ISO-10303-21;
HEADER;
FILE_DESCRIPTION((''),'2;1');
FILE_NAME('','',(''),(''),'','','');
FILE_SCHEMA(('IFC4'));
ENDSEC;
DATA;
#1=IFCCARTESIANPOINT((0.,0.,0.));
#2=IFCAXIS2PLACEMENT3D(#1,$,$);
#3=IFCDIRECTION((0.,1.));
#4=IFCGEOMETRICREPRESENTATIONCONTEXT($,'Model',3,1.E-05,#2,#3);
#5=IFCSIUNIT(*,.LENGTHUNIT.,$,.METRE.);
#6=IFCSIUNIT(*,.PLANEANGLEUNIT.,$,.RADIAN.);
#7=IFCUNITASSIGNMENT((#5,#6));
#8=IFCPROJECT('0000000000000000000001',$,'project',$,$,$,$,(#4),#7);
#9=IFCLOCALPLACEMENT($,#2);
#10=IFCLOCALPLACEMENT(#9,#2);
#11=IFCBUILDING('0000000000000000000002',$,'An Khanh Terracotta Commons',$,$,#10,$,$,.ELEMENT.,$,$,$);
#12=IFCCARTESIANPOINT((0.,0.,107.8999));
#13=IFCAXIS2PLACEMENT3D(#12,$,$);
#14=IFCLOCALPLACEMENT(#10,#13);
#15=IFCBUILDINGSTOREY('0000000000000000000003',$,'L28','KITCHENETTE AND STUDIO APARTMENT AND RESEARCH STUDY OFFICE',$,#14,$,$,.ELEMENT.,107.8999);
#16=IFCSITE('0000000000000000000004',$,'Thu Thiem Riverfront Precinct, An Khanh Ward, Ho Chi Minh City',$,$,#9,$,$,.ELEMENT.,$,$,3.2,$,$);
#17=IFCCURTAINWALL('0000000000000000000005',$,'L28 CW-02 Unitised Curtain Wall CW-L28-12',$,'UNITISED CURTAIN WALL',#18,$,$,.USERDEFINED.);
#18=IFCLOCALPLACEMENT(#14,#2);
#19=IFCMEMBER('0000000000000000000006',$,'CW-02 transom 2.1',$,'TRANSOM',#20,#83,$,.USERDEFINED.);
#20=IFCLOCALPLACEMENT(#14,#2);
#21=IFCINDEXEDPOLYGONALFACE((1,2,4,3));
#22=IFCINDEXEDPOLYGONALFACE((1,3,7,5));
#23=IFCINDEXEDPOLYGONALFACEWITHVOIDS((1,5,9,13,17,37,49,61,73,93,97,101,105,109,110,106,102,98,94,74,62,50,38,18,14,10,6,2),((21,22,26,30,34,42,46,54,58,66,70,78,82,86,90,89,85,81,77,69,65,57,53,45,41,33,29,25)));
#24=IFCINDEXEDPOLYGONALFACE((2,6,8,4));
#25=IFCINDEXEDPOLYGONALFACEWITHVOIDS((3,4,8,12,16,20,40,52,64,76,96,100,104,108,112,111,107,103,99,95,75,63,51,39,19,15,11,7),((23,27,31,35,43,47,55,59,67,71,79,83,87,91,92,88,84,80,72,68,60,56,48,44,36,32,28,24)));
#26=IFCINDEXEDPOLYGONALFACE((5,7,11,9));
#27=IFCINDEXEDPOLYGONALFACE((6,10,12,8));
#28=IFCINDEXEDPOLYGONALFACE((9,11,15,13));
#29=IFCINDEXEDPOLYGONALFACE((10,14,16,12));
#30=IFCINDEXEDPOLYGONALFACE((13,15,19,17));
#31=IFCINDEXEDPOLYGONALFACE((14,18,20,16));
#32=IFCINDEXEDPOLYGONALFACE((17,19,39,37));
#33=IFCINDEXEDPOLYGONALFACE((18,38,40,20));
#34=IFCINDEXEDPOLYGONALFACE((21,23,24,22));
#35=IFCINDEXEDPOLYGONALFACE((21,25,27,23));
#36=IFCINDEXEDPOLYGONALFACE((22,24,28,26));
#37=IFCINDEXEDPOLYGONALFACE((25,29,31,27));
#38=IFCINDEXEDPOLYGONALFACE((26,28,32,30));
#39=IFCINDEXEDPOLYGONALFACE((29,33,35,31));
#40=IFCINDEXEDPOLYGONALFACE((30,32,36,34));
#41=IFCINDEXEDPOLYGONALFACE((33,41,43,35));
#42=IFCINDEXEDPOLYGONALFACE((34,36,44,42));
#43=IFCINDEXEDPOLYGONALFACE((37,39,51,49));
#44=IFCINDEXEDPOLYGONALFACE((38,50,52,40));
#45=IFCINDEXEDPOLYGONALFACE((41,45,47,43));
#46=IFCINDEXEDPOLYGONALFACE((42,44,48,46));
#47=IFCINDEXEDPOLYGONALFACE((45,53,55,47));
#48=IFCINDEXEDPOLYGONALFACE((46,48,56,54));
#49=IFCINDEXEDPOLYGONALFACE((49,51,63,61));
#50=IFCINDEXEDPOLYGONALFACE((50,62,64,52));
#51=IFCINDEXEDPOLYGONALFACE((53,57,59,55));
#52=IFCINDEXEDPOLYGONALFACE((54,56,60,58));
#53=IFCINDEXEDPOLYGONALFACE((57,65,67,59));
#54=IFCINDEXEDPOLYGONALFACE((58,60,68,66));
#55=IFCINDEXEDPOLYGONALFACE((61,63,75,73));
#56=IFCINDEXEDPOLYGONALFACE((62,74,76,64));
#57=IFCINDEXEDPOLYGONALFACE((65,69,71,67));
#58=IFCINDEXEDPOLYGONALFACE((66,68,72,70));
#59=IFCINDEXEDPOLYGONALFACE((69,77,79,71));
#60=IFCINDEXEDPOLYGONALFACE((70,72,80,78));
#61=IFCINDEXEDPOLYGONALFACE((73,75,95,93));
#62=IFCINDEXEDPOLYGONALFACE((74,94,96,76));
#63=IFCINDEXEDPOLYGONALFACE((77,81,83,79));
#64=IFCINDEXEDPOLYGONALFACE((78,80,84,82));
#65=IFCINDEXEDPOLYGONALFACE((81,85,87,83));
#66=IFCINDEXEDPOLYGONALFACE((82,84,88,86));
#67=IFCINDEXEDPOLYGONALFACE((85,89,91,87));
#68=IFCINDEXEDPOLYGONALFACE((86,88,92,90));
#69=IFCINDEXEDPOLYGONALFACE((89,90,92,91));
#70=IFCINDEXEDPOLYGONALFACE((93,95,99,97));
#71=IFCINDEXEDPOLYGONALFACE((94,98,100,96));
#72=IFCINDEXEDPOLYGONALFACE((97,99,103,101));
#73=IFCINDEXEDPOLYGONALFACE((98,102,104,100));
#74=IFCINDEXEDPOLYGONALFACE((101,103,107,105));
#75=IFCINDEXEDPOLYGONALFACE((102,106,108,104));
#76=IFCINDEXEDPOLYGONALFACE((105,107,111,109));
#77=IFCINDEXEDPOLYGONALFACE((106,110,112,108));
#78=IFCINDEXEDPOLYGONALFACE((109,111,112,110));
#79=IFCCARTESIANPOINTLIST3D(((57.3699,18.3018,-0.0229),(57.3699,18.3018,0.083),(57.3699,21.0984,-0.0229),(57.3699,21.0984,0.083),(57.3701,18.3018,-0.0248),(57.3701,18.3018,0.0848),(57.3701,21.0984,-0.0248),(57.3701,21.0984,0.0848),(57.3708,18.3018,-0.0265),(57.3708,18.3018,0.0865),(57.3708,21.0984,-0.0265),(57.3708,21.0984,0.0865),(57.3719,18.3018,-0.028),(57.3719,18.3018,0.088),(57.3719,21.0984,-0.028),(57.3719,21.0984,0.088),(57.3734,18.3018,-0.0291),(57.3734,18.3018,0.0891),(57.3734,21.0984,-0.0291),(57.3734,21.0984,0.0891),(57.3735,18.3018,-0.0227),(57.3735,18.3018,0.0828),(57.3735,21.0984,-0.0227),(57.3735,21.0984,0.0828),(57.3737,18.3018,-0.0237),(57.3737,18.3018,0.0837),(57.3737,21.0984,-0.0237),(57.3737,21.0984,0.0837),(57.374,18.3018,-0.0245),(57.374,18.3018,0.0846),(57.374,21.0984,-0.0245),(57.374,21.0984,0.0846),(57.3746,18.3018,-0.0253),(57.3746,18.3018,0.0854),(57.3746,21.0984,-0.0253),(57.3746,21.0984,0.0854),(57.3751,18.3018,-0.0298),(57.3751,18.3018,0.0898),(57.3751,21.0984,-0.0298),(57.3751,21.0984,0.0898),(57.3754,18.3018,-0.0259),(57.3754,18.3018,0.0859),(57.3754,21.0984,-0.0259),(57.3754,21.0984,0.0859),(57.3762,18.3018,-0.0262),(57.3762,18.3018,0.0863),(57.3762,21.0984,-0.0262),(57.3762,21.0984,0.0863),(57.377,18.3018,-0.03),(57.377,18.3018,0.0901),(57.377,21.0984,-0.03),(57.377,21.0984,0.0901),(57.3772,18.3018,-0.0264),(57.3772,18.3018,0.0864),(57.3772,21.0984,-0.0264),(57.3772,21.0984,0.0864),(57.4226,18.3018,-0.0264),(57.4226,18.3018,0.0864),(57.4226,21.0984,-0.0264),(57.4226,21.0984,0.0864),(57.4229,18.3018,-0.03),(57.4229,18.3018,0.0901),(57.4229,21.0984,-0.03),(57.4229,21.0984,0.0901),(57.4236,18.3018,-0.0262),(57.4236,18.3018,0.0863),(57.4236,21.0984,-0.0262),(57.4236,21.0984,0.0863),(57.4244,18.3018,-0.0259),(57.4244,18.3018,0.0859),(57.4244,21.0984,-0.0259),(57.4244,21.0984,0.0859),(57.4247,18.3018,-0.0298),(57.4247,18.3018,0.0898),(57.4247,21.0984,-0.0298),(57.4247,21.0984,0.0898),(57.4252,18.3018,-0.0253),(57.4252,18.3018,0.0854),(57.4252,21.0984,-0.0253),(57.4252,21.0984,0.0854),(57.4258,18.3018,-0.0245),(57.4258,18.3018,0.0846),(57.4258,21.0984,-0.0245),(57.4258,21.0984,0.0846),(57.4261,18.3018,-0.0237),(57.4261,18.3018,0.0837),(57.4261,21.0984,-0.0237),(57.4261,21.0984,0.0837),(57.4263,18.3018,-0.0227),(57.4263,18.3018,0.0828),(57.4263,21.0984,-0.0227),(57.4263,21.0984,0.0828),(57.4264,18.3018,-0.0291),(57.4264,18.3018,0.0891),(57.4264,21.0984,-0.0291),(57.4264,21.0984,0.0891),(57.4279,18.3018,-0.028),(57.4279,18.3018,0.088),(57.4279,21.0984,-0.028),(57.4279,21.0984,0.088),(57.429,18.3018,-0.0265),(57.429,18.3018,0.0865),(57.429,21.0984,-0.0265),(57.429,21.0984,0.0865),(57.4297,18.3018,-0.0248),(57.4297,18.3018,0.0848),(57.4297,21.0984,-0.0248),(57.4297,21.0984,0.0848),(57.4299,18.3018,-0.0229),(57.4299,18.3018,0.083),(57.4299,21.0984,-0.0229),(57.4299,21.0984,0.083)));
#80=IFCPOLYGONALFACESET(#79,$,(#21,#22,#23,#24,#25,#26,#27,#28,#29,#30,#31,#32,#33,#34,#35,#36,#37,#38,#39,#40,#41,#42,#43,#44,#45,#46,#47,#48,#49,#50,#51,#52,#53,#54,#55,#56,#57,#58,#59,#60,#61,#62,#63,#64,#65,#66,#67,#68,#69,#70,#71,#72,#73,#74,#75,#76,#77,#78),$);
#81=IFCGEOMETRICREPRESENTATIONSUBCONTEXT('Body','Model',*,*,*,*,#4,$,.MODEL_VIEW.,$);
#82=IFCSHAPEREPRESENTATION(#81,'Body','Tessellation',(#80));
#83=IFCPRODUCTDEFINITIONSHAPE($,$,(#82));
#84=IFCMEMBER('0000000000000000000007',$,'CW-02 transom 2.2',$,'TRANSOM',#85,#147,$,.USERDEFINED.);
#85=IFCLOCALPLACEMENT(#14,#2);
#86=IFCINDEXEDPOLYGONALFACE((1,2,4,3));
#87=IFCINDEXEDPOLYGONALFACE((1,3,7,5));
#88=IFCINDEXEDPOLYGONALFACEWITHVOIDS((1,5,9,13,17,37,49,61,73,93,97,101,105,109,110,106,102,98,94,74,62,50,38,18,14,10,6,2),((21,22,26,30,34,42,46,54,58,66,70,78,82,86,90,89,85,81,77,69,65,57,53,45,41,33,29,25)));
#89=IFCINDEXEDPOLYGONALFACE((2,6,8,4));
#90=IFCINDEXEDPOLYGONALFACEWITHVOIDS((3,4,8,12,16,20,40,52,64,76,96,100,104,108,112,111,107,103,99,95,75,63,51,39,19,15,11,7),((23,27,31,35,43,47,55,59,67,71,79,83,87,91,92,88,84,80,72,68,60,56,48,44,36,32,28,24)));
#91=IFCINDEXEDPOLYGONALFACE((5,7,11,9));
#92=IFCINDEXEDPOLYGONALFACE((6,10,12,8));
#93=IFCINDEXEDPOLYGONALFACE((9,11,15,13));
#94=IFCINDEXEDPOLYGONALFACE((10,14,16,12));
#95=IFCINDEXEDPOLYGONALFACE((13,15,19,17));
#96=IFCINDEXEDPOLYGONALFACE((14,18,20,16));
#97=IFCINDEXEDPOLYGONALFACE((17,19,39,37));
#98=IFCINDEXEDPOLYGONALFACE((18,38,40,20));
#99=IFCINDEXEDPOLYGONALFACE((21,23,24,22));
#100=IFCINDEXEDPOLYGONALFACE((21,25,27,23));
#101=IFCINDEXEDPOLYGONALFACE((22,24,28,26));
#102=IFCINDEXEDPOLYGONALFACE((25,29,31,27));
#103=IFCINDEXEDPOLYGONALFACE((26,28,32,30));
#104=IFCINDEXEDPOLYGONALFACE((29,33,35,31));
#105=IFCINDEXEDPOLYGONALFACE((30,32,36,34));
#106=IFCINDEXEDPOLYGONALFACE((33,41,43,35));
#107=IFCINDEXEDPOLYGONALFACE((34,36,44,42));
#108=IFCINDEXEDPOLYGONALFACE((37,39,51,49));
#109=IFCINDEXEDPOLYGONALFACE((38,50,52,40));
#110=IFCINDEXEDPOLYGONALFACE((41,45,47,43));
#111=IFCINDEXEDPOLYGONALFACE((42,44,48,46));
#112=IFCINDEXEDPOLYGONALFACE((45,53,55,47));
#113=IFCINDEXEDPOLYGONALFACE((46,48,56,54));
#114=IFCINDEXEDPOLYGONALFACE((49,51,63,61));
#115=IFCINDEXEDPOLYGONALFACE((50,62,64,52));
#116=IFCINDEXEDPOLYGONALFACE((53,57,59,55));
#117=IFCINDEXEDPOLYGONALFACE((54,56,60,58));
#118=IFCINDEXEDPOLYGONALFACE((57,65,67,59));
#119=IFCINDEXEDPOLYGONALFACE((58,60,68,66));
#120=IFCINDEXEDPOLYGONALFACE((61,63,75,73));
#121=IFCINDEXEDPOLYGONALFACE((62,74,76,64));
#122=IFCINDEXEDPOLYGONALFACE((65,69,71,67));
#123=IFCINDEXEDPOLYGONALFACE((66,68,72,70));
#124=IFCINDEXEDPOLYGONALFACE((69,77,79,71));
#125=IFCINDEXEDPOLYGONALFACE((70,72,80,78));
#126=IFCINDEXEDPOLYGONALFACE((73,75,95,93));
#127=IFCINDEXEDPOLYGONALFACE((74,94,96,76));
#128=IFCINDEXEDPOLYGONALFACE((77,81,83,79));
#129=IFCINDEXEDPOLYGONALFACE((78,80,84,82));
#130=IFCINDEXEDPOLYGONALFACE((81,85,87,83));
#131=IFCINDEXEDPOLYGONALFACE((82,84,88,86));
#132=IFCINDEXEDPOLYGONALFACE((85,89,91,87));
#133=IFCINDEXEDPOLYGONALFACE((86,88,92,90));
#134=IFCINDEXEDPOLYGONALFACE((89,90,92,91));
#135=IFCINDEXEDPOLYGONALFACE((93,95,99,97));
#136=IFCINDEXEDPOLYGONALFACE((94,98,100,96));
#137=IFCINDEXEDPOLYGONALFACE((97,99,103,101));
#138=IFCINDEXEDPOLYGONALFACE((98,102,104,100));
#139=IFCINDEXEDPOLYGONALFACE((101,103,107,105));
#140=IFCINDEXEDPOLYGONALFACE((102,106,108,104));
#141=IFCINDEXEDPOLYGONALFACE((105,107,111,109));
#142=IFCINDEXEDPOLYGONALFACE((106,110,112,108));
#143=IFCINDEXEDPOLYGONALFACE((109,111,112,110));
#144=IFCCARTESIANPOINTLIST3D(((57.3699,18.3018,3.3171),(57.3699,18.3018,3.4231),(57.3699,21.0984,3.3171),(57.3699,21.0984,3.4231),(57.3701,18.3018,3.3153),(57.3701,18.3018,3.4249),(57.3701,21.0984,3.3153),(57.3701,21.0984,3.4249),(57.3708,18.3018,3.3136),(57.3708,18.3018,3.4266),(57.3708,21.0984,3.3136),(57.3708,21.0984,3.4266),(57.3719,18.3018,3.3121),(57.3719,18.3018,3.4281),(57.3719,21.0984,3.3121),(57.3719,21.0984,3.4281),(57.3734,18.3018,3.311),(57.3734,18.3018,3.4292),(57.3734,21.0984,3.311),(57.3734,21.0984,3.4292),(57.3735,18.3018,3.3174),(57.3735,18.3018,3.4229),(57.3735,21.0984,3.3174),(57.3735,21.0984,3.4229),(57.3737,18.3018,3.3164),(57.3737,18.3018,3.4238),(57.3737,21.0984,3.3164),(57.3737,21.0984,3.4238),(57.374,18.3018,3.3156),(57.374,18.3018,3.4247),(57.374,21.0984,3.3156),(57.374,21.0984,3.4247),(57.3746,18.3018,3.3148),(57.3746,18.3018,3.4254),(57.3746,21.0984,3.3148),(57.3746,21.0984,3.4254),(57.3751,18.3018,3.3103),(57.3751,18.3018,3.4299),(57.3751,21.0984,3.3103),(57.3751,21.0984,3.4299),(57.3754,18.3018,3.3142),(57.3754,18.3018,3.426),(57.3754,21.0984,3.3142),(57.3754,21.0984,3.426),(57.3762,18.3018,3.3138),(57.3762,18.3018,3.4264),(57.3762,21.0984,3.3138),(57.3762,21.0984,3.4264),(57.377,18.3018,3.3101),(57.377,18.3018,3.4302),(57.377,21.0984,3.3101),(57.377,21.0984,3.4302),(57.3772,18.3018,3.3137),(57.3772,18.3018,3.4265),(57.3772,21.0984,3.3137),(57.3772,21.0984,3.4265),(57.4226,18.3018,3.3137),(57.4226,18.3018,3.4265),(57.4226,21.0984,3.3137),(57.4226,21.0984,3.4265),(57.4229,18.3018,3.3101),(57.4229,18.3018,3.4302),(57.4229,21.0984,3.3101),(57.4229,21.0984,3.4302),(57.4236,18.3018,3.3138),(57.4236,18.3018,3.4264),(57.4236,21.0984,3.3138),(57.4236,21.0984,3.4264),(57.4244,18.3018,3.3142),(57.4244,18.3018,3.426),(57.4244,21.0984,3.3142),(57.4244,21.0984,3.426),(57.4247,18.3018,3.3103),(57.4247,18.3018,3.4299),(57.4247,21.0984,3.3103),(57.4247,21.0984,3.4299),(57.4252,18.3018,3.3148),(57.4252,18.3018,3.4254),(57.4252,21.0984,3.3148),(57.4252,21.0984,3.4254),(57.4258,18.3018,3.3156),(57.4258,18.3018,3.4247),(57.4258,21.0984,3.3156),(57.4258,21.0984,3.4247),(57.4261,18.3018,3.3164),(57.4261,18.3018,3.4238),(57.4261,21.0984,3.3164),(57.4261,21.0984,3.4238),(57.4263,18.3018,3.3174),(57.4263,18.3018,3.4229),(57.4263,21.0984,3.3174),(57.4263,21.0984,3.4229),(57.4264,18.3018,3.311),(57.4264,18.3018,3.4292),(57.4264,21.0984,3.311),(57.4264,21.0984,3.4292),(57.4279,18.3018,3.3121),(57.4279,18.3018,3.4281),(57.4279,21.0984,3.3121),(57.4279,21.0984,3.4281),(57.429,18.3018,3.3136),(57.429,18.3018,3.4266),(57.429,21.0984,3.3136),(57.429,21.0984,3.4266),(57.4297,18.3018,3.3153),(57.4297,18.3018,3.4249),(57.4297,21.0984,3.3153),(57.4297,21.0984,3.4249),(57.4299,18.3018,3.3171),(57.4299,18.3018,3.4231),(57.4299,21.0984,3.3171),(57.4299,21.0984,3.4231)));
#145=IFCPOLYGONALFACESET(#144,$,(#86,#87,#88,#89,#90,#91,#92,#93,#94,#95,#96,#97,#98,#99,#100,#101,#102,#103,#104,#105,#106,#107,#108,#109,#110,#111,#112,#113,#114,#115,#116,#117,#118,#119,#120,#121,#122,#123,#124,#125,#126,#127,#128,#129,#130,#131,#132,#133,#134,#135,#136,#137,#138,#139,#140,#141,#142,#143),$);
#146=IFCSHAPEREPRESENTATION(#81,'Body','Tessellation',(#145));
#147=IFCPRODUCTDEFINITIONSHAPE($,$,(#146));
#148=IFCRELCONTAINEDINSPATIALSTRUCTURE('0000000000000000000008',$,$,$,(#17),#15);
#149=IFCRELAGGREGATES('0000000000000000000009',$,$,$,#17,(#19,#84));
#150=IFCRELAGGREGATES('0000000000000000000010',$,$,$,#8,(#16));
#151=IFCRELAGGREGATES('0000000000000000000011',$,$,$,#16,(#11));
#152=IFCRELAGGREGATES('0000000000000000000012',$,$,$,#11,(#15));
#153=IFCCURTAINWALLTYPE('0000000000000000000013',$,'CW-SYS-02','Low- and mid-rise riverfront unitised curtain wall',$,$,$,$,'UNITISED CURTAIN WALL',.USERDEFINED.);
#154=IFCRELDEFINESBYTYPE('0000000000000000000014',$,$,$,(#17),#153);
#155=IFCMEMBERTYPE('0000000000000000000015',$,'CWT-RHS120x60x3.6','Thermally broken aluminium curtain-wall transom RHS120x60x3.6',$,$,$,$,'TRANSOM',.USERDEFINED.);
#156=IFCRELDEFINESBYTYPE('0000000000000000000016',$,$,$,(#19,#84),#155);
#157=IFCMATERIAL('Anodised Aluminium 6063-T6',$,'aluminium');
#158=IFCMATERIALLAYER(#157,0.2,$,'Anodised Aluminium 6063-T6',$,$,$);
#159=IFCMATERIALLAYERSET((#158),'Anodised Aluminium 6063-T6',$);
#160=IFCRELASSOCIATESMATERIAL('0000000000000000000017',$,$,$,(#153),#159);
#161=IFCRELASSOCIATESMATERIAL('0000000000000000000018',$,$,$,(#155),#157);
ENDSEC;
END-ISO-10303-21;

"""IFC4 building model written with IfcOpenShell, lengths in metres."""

from ifc_helpers import new_model, si_unit, direction, frame, origin, origin_2d, place, context, subcontext, project, spatial, hollow_rectangle, extrude, material, layer, layer_set, material_profile, profile_set, type_object, element, aggregate, save


model = new_model("IFC4")

# Units and contexts
model_context = context("Model", 3, precision=1e-05, world=origin(), true_north=direction((0.0, 1.0)))
body_context = subcontext(model_context, "Body", "Model", "MODEL_VIEW")
ifc_project = project(units=[si_unit("LENGTHUNIT", "METRE"), si_unit("PLANEANGLEUNIT", "RADIAN")], contexts=[model_context])

# Site, building, storey
site_placement = place(None, origin())
site = spatial("IfcSite", under=ifc_project, at=site_placement, Name="Thu Thiem Riverfront Precinct, An Khanh Ward, Ho Chi Minh City", CompositionType="ELEMENT", RefElevation=3.2)
building_placement = place(site_placement, origin())
building = spatial("IfcBuilding", under=site, at=building_placement, Name="An Khanh Terracotta Commons", CompositionType="ELEMENT")
storey_placement = place(building_placement, frame((0.0, 0.0, 107.8999)))
storey = spatial("IfcBuildingStorey", under=building, at=storey_placement, Name="L28", Description="KITCHENETTE AND STUDIO APARTMENT AND RESEARCH STUDY OFFICE", CompositionType="ELEMENT", Elevation=107.8999)

# Curtain wall
ifc_material_1 = material(Name="Anodised Aluminium 6063-T6", Category="aluminium")
ifc_layer_1 = layer(ifc_material_1, 0.2, Name="Anodised Aluminium 6063-T6")
ifc_layer_set_1 = layer_set([ifc_layer_1], Name="Anodised Aluminium 6063-T6")
curtain_wall_type = type_object("IfcCurtainWallType", Name="CW-SYS-02", Description="Low- and mid-rise riverfront unitised curtain wall", ElementType="UNITISED CURTAIN WALL", PredefinedType="USERDEFINED", material=ifc_layer_set_1)
curtain_wall_1_placement = place(storey_placement, origin())
curtain_wall_1 = element("IfcCurtainWall", 1, at=curtain_wall_1_placement, inside=storey, type_object=curtain_wall_type, Name="L28 CW-02 Unitised Curtain Wall CW-L28-12", ObjectType="UNITISED CURTAIN WALL", PredefinedType="USERDEFINED")

# Members
ifc_material_profile_1 = material_profile(ifc_material_1, hollow_rectangle(XDim=0.0601, YDim=0.1201, WallThickness=0.0037, InnerFilletRadius=0.0037, OuterFilletRadius=0.0071, at=origin_2d()), Name="RHS120x60x3.6")
ifc_profile_set_1 = profile_set([ifc_material_profile_1], Name="Anodised Aluminium 6063-T6")
member_type_1 = type_object("IfcMemberType", Name="CWT-RHS120x60x3.6", Description="Thermally broken aluminium curtain-wall transom RHS120x60x3.6", ElementType="TRANSOM", PredefinedType="USERDEFINED", material=ifc_profile_set_1)
member_1_placement = place(storey_placement, frame((57.3999, 18.3018, 0.03), z_axis=(0.0, 1.0, 0.0), x_axis=(-1.0, 0.0, 0.0)))
member_1 = element("IfcMember", 2, at=member_1_placement, type_object=member_type_1, Name="CW-02 transom 2.1", ObjectType="TRANSOM", PredefinedType="USERDEFINED", context=body_context, shape_type="SweptSolid", body=[
    extrude(hollow_rectangle(XDim=0.0601, YDim=0.1201, WallThickness=0.0037, InnerFilletRadius=0.0037, OuterFilletRadius=0.0071, at=origin_2d()), origin(), (0.0, 0.0, 1.0), 2.7966),
])
member_2_placement = place(storey_placement, frame((57.3999, 18.3018, 3.3701), z_axis=(0.0, 1.0, 0.0), x_axis=(-1.0, 0.0, 0.0)))
member_2 = element("IfcMember", 3, at=member_2_placement, type_object=member_type_1, Name="CW-02 transom 2.2", ObjectType="TRANSOM", PredefinedType="USERDEFINED", context=body_context, shape_type="SweptSolid", body=[
    extrude(hollow_rectangle(XDim=0.0601, YDim=0.1201, WallThickness=0.0037, InnerFilletRadius=0.0037, OuterFilletRadius=0.0071, at=origin_2d()), origin(), (0.0, 0.0, 1.0), 2.7966),
])

aggregate(curtain_wall_1, [member_1, member_2])

save(model, "model.ifc")
